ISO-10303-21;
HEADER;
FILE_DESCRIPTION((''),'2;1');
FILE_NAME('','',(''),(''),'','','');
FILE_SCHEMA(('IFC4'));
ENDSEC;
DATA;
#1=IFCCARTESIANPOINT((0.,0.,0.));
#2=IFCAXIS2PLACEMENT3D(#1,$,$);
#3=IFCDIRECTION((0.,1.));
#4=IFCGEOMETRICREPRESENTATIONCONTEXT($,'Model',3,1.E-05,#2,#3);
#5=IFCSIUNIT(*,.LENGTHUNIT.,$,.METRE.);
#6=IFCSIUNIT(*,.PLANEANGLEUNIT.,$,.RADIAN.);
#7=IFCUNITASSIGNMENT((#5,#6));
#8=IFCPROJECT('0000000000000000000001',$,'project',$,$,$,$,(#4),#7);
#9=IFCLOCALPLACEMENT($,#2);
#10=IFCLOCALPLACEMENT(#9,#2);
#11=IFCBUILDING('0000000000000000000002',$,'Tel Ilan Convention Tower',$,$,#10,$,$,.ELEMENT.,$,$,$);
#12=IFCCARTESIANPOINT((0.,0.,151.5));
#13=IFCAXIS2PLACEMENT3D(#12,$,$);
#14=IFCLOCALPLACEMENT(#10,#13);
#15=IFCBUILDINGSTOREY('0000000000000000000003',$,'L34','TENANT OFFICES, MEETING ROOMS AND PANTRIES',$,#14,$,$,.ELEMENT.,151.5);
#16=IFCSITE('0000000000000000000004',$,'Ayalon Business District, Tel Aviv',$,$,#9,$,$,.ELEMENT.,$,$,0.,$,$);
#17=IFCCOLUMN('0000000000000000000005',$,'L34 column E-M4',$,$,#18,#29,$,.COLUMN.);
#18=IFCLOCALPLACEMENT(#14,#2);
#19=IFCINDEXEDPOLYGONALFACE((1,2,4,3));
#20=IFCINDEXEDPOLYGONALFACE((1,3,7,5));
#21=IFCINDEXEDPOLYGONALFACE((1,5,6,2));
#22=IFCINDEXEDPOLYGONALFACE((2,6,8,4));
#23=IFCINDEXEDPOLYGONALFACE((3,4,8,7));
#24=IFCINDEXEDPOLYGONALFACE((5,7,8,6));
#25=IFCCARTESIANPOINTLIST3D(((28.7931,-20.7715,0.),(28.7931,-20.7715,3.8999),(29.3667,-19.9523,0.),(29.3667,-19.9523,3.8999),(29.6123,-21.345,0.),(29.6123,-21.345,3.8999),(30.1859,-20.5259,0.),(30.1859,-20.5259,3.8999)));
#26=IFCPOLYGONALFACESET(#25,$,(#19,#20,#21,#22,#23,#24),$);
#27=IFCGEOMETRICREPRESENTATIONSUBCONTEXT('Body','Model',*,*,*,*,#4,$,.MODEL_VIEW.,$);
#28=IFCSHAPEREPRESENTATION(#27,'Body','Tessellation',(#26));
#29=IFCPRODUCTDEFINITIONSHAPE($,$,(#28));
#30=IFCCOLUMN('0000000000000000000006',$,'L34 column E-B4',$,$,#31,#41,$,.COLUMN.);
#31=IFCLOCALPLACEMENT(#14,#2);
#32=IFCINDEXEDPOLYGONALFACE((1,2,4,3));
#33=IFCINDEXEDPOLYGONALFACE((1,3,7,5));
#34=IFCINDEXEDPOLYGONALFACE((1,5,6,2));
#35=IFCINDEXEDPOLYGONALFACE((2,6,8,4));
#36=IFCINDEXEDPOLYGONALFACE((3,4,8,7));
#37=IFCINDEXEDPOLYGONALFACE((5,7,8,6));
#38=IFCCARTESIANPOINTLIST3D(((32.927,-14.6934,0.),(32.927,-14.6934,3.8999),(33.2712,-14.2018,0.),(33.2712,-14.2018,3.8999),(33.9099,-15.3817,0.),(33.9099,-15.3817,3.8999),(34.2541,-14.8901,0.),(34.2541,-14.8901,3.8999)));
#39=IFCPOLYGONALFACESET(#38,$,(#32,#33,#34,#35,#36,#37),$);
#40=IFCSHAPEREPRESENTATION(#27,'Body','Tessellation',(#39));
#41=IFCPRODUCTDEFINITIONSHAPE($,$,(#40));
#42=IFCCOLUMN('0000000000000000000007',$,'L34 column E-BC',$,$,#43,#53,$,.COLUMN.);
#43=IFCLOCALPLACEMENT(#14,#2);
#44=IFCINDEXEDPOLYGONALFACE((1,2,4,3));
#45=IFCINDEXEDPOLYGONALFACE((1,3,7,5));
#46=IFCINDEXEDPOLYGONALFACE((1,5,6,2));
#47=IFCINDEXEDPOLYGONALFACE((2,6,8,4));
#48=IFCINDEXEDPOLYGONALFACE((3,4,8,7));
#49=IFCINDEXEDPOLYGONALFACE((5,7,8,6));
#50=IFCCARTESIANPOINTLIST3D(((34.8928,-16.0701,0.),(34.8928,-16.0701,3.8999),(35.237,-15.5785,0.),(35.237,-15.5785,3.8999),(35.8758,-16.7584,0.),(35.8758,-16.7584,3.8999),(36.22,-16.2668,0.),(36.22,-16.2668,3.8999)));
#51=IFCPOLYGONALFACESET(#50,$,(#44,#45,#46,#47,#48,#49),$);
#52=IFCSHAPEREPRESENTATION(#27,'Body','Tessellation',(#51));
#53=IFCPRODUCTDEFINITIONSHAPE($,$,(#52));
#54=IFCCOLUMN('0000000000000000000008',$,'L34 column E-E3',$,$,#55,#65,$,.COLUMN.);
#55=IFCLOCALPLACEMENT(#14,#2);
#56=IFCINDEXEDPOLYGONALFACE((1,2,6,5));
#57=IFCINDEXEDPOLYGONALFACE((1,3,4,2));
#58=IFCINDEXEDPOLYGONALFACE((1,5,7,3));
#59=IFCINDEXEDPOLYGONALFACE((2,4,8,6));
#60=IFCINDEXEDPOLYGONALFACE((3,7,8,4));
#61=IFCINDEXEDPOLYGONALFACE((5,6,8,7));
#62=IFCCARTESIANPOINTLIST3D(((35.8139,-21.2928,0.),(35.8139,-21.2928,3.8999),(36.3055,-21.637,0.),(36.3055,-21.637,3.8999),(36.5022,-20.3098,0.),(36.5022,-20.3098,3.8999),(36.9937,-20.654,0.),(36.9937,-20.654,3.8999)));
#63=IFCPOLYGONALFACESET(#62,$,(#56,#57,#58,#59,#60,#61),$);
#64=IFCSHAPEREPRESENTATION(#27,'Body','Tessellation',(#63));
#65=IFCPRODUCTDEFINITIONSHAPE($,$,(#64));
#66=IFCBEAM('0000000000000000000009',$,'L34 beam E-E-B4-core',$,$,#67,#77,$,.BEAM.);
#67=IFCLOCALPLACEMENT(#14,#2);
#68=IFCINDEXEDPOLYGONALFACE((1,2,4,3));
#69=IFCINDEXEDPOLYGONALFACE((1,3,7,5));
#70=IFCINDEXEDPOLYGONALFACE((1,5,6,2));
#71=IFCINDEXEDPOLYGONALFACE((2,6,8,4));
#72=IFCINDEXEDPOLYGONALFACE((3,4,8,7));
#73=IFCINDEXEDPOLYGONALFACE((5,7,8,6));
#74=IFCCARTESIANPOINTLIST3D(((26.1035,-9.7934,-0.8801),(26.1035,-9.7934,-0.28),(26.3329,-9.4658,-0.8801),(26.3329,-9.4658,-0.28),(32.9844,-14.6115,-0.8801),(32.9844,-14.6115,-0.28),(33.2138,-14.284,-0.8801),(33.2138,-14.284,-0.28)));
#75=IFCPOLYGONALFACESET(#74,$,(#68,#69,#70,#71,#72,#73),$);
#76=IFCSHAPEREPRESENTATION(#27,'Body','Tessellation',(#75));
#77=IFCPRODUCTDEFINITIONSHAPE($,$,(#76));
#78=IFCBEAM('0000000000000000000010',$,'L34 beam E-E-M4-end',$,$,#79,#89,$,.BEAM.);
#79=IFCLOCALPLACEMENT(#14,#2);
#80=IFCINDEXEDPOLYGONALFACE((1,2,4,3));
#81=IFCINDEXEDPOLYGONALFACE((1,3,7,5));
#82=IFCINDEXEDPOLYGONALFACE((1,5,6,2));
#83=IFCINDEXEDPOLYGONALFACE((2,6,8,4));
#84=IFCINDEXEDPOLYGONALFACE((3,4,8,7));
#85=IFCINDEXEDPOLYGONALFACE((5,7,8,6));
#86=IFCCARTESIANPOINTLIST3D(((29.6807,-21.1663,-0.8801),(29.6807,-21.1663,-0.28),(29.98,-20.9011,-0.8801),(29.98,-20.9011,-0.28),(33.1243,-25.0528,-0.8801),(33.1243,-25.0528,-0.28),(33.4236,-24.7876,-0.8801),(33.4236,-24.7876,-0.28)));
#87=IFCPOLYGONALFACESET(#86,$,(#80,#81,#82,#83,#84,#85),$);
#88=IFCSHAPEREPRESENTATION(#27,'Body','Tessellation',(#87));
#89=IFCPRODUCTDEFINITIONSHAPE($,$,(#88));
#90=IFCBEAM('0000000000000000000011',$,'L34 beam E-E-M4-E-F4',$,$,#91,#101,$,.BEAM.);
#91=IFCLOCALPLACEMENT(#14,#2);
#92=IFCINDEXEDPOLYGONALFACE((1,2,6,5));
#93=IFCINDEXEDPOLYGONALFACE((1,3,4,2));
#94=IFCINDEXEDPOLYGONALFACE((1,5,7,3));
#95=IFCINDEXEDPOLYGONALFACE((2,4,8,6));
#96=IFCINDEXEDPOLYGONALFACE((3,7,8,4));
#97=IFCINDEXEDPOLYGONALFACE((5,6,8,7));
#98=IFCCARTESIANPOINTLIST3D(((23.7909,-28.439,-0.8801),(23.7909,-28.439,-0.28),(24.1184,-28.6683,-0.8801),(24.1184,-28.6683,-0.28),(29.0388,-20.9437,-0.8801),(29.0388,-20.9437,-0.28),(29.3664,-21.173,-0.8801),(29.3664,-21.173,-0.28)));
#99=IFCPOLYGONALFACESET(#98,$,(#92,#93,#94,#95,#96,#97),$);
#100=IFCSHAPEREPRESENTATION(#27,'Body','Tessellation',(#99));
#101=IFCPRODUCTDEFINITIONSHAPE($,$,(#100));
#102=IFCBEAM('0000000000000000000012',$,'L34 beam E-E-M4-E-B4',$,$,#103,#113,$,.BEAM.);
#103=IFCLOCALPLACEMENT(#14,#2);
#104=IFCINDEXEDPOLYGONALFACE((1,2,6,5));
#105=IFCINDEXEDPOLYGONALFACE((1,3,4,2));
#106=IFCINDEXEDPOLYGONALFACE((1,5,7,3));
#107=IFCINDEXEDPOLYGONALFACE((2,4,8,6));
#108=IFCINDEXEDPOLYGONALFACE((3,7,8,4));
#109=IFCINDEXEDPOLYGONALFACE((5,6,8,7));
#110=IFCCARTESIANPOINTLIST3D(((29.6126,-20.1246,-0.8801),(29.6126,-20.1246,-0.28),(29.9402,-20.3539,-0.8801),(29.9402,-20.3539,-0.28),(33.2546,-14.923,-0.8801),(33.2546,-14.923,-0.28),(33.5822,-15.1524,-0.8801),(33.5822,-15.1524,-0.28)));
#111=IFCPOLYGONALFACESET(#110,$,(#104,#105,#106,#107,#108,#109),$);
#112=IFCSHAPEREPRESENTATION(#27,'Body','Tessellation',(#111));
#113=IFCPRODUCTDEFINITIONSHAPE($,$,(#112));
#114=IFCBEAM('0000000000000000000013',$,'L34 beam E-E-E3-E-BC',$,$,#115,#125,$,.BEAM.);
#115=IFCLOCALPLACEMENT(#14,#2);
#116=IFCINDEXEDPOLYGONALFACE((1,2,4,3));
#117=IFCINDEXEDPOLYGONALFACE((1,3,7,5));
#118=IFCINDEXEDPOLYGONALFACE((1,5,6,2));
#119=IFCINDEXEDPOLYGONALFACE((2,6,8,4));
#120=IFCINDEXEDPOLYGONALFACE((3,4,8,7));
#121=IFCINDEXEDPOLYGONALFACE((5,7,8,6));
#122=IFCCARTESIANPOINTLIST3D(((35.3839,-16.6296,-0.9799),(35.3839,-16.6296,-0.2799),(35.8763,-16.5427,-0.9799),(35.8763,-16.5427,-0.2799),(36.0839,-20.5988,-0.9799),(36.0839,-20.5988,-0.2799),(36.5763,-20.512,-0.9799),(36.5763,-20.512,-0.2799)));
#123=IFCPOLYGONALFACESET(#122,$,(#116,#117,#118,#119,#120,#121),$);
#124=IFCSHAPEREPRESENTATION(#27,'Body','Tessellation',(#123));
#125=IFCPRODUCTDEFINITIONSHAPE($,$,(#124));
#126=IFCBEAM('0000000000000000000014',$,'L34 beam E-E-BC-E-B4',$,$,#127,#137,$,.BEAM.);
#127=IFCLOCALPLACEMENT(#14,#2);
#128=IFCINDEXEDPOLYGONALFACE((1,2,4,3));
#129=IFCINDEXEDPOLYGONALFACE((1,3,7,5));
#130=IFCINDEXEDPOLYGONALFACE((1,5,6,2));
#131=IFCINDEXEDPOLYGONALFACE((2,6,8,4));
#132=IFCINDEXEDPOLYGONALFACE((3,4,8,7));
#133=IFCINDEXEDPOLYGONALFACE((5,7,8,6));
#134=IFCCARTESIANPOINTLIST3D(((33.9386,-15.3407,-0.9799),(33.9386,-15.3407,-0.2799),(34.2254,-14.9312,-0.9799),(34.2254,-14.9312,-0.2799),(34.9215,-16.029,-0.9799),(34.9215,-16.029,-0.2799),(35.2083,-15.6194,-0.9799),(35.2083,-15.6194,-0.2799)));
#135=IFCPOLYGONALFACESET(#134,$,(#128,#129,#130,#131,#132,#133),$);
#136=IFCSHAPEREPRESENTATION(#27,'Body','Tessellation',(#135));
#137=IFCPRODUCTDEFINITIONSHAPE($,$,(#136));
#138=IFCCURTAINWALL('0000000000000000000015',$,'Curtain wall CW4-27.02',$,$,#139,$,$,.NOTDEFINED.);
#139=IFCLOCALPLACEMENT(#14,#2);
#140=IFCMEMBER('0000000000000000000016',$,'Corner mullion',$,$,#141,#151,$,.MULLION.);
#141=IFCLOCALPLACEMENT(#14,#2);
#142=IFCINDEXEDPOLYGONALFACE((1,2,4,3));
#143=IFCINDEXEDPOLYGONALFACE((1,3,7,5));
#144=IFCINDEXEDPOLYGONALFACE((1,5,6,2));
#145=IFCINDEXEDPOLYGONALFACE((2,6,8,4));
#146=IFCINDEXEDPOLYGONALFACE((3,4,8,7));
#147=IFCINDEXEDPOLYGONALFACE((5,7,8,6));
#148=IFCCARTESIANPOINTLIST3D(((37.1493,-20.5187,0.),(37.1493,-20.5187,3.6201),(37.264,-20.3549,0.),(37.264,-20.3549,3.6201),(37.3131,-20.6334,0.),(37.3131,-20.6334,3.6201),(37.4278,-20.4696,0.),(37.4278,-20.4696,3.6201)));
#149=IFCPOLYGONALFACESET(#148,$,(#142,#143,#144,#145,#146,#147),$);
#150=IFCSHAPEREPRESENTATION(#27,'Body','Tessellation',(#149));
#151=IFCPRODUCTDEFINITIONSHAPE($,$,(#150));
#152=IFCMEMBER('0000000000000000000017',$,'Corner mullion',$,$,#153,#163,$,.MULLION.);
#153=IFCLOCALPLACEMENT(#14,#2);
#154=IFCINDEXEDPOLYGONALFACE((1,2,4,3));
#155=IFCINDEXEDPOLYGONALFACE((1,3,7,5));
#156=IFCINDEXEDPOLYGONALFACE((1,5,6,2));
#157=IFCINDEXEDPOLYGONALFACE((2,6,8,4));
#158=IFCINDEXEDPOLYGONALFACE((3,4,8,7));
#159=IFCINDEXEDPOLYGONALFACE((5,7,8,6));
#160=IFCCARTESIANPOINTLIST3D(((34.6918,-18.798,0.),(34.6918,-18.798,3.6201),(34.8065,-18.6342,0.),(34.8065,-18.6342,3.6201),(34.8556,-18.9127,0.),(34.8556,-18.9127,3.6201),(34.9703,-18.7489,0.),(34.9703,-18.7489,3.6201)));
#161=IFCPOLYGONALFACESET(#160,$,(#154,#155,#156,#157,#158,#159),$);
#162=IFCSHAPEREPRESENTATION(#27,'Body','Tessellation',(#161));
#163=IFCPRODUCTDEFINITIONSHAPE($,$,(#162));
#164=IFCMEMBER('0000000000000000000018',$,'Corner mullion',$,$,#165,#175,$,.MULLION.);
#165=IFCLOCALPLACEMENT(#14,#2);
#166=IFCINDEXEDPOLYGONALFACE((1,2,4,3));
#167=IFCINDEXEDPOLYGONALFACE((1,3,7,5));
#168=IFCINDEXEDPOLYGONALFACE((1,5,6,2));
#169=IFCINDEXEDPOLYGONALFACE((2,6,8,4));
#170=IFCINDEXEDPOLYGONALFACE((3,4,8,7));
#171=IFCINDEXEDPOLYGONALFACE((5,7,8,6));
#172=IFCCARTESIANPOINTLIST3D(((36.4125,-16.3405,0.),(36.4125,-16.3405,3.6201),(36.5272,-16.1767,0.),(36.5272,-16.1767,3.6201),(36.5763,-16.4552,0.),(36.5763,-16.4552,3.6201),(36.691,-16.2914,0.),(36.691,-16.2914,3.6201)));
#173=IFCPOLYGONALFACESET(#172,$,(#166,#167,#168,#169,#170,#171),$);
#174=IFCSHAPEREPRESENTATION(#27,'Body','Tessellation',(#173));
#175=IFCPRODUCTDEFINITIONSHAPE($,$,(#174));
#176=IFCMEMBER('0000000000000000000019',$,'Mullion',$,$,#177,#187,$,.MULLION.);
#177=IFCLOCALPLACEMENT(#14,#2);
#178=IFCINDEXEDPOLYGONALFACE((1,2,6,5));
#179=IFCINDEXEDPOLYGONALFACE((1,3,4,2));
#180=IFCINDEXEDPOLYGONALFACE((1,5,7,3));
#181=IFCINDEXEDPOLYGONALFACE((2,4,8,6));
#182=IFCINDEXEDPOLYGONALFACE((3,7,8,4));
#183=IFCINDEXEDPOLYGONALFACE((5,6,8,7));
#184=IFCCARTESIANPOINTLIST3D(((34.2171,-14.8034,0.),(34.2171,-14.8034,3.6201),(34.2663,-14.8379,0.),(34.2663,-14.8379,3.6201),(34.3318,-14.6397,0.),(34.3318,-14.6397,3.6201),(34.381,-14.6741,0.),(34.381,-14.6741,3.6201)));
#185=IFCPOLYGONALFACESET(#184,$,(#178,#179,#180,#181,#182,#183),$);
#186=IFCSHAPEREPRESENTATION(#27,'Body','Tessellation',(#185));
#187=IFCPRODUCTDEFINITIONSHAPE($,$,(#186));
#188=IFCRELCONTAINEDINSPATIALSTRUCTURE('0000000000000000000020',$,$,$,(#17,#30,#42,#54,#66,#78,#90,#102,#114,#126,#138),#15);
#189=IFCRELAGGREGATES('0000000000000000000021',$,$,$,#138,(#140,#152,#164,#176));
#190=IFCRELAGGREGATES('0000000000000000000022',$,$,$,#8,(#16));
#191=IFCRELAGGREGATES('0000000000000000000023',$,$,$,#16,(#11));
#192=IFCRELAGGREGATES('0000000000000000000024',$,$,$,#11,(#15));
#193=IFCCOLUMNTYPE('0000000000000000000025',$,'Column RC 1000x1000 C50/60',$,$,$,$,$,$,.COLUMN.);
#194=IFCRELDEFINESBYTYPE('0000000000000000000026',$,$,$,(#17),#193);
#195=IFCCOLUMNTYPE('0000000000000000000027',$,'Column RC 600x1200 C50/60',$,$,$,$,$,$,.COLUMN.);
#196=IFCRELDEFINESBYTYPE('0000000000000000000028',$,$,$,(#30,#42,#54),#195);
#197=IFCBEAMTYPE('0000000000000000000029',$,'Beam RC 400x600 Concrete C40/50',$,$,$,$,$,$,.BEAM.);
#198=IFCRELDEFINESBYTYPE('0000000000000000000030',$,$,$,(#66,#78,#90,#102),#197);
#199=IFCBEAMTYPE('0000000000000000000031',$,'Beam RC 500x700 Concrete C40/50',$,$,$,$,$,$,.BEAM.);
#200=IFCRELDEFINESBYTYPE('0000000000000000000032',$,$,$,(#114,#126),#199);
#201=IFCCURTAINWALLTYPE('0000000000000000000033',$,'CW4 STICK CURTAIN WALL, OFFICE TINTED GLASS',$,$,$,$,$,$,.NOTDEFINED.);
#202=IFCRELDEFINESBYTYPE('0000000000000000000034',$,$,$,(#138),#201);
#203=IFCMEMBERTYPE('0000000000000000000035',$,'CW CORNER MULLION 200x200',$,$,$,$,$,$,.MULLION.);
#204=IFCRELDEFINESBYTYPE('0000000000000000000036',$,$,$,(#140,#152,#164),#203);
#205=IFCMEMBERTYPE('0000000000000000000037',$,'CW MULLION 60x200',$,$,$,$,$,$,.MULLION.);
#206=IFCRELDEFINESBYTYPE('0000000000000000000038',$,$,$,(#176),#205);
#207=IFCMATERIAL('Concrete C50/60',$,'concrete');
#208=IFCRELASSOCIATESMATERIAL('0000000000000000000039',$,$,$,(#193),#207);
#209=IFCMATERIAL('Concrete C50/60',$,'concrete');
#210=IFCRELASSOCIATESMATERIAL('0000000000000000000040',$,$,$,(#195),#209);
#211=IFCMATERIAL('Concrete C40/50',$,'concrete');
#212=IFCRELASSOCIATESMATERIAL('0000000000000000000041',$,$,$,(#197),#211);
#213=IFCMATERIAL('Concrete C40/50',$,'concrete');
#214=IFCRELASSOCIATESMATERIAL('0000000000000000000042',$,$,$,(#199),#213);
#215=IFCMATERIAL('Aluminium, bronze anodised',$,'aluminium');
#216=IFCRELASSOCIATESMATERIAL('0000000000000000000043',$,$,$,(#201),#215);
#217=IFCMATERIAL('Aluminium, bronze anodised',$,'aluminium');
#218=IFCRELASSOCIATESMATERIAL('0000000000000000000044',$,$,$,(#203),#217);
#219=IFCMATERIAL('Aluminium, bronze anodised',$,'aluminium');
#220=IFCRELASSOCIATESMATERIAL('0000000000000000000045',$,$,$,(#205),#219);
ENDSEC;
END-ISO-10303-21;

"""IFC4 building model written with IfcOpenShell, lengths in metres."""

from ifc_helpers import new_model, si_unit, direction, frame, origin, origin_2d, place, context, subcontext, project, spatial, rectangle, extrude, material, material_profile, profile_set, type_object, element, aggregate, save


model = new_model("IFC4")

# Units and contexts
model_context = context("Model", 3, precision=1e-05, world=origin(), true_north=direction((0.0, 1.0)))
body_context = subcontext(model_context, "Body", "Model", "MODEL_VIEW")
ifc_project = project(units=[si_unit("LENGTHUNIT", "METRE"), si_unit("PLANEANGLEUNIT", "RADIAN")], contexts=[model_context])

# Site, building, storey
site_placement = place(None, origin())
site = spatial("IfcSite", under=ifc_project, at=site_placement, Name="Ayalon Business District, Tel Aviv", CompositionType="ELEMENT", RefElevation=0.0)
building_placement = place(site_placement, origin())
building = spatial("IfcBuilding", under=site, at=building_placement, Name="Tel Ilan Convention Tower", CompositionType="ELEMENT")
storey_placement = place(building_placement, frame((0.0, 0.0, 151.5)))
storey = spatial("IfcBuildingStorey", under=building, at=storey_placement, Name="L34", Description="TENANT OFFICES, MEETING ROOMS AND PANTRIES", CompositionType="ELEMENT", Elevation=151.5)

# Columns
ifc_material_1 = material(Name="Concrete C50/60", Category="concrete")
ifc_material_profile_1 = material_profile(ifc_material_1, rectangle(XDim=1.0, YDim=1.0, at=origin_2d()), Name="RC 1000x1000")
ifc_profile_set_1 = profile_set([ifc_material_profile_1], Name="Concrete C50/60")
column_type_1 = type_object("IfcColumnType", Name="Column RC 1000x1000 C50/60", PredefinedType="COLUMN", material=ifc_profile_set_1)
column_placement = place(storey_placement, frame((29.4895, -20.6487, 0.0), z_axis=(0.0, 0.0, 1.0), x_axis=(0.819152, -0.573576, 0.0)))
element("IfcColumn", 1, at=column_placement, inside=storey, type_object=column_type_1, Name="L34 column E-M4", PredefinedType="COLUMN", context=body_context, shape_type="SweptSolid", body=[
    extrude(rectangle(XDim=1.0, YDim=1.0, at=origin_2d()), origin(), (0.0, 0.0, 1.0), 3.8999),
])
ifc_material_2 = material(Name="Concrete C50/60", Category="concrete")
ifc_material_profile_2 = material_profile(ifc_material_2, rectangle(XDim=1.2, YDim=0.6001, at=origin_2d()), Name="RC 600x1200")
ifc_profile_set_2 = profile_set([ifc_material_profile_2], Name="Concrete C50/60")
column_type_2 = type_object("IfcColumnType", Name="Column RC 600x1200 C50/60", PredefinedType="COLUMN", material=ifc_profile_set_2)
for number, where, z_axis, x_axis, name in (
    (2, (33.5906, -14.7917, 0.0), (0.0, 0.0, 1.0), (0.819152, -0.573576, 0.0), "L34 column E-B4"),
    (3, (35.5564, -16.1685, 0.0), (0.0, 0.0, 1.0), (0.819152, -0.573576, 0.0), "L34 column E-BC"),
    (4, (36.4038, -20.9734, 0.0), (0.0, 0.0, 1.0), (0.573576, 0.819152, 0.0), "L34 column E-E3"),
):
    element("IfcColumn", number, at=place(storey_placement, frame(where, z_axis=z_axis, x_axis=x_axis)), inside=storey, type_object=column_type_2, Name=name, PredefinedType="COLUMN", context=body_context, shape_type="SweptSolid", body=[
        extrude(rectangle(XDim=1.2, YDim=0.6001, at=origin_2d()), origin(), (0.0, 0.0, 1.0), 3.8999),
    ])

# Beams
ifc_material_3 = material(Name="Concrete C40/50", Category="concrete")
ifc_material_profile_3 = material_profile(ifc_material_3, rectangle(XDim=0.3999, YDim=0.6001, at=origin_2d()), Name="RC 400x600")
ifc_profile_set_3 = profile_set([ifc_material_profile_3], Name="Concrete C40/50")
beam_type_1 = type_object("IfcBeamType", Name="Beam RC 400x600 Concrete C40/50", PredefinedType="BEAM", material=ifc_profile_set_3)
beam_1_placement = place(storey_placement, frame((33.0991, -14.4478, -0.5801), z_axis=(-0.819147, 0.573583, 0.0), x_axis=(-0.573583, -0.819147, 0.0)))
element("IfcBeam", 5, at=beam_1_placement, inside=storey, type_object=beam_type_1, Name="L34 beam E-E-B4-core", PredefinedType="BEAM", context=body_context, shape_type="SweptSolid", body=[
    extrude(rectangle(XDim=0.3999, YDim=0.6001, at=origin_2d()), origin(), (0.0, 0.0, 1.0), 8.4001),
])
beam_2_placement = place(storey_placement, frame((29.8303, -21.0337, -0.5801), z_axis=(0.663175, -0.748464, 0.0), x_axis=(0.748464, 0.663175, 0.0)))
element("IfcBeam", 6, at=beam_2_placement, inside=storey, type_object=beam_type_1, Name="L34 beam E-E-M4-end", PredefinedType="BEAM", context=body_context, shape_type="SweptSolid", body=[
    extrude(rectangle(XDim=0.3999, YDim=0.6001, at=origin_2d()), origin(), (0.0, 0.0, 1.0), 5.1926),
])
beam_3_placement = place(storey_placement, frame((29.2026, -21.0583, -0.5801), z_axis=(-0.573557, -0.819165, 0.0), x_axis=(0.819165, -0.573557, 0.0)))
element("IfcBeam", 7, at=beam_3_placement, inside=storey, type_object=beam_type_1, Name="L34 beam E-E-M4-E-F4", PredefinedType="BEAM", context=body_context, shape_type="SweptSolid", body=[
    extrude(rectangle(XDim=0.3999, YDim=0.6001, at=origin_2d()), origin(), (0.0, 0.0, 1.0), 9.1499),
])
beam_4_placement = place(storey_placement, frame((29.7764, -20.2393, -0.5801), z_axis=(0.57356, 0.819163, 0.0), x_axis=(-0.819163, 0.57356, 0.0)))
element("IfcBeam", 8, at=beam_4_placement, inside=storey, type_object=beam_type_1, Name="L34 beam E-E-M4-E-B4", PredefinedType="BEAM", context=body_context, shape_type="SweptSolid", body=[
    extrude(rectangle(XDim=0.3999, YDim=0.6001, at=origin_2d()), origin(), (0.0, 0.0, 1.0), 6.3499),
])
ifc_material_4 = material(Name="Concrete C40/50", Category="concrete")
ifc_material_profile_4 = material_profile(ifc_material_4, rectangle(XDim=0.5, YDim=0.7, at=origin_2d()), Name="RC 500x700")
ifc_profile_set_4 = profile_set([ifc_material_profile_4], Name="Concrete C40/50")
beam_type_2 = type_object("IfcBeamType", Name="Beam RC 500x700 Concrete C40/50", PredefinedType="BEAM", material=ifc_profile_set_4)
beam_5_placement = place(storey_placement, frame((36.3301, -20.5554, -0.6299), z_axis=(-0.173664, 0.984805, 0.0), x_axis=(-0.984805, -0.173664, 0.0)))
element("IfcBeam", 9, at=beam_5_placement, inside=storey, type_object=beam_type_2, Name="L34 beam E-E-E3-E-BC", PredefinedType="BEAM", context=body_context, shape_type="SweptSolid", body=[
    extrude(rectangle(XDim=0.5, YDim=0.7, at=origin_2d()), origin(), (0.0, 0.0, 1.0), 4.0305),
])
beam_6_placement = place(storey_placement, frame((35.0649, -15.8242, -0.6299), z_axis=(-0.819155, 0.573572, 0.0), x_axis=(-0.573572, -0.819155, 0.0)))
element("IfcBeam", 10, at=beam_6_placement, inside=storey, type_object=beam_type_2, Name="L34 beam E-E-BC-E-B4", PredefinedType="BEAM", context=body_context, shape_type="SweptSolid", body=[
    extrude(rectangle(XDim=0.5, YDim=0.7, at=origin_2d()), origin(), (0.0, 0.0, 1.0), 1.2),
])

# Curtain wall, members
ifc_material_5 = material(Name="Aluminium, bronze anodised", Category="aluminium")
curtain_wall_type = type_object("IfcCurtainWallType", Name="CW4 STICK CURTAIN WALL, OFFICE TINTED GLASS", PredefinedType="NOTDEFINED", material=ifc_material_5)
curtain_wall_placement = place(storey_placement, origin())
curtain_wall = element("IfcCurtainWall", 11, at=curtain_wall_placement, inside=storey, type_object=curtain_wall_type, Name="Curtain wall CW4-27.02", PredefinedType="NOTDEFINED")
ifc_material_6 = material(Name="Aluminium, bronze anodised", Category="aluminium")
ifc_material_profile_5 = material_profile(ifc_material_6, rectangle(XDim=0.2, YDim=0.2, at=origin_2d()), Name="CW CORNER MULLION 200x200")
ifc_profile_set_5 = profile_set([ifc_material_profile_5], Name="Aluminium, bronze anodised")
member_type_1 = type_object("IfcMemberType", Name="CW CORNER MULLION 200x200", PredefinedType="MULLION", material=ifc_profile_set_5)
member_1_placement = place(storey_placement, frame((37.2886, -20.4941, 0.0), z_axis=(0.0, 0.0, 1.0), x_axis=(0.573576, 0.819152, 0.0)))
member_1 = element("IfcMember", 12, at=member_1_placement, type_object=member_type_1, Name="Corner mullion", PredefinedType="MULLION", context=body_context, shape_type="SweptSolid", body=[
    extrude(rectangle(XDim=0.2, YDim=0.2, at=origin_2d()), origin(), (0.0, 0.0, 1.0), 3.6201),
])
member_2_placement = place(storey_placement, frame((34.8311, -18.7734, 0.0), z_axis=(0.0, 0.0, 1.0), x_axis=(-0.819152, 0.573576, 0.0)))
member_2 = element("IfcMember", 13, at=member_2_placement, type_object=member_type_1, Name="Corner mullion", PredefinedType="MULLION", context=body_context, shape_type="SweptSolid", body=[
    extrude(rectangle(XDim=0.2, YDim=0.2, at=origin_2d()), origin(), (0.0, 0.0, 1.0), 3.6201),
])
member_3_placement = place(storey_placement, frame((36.5518, -16.3159, 0.0), z_axis=(0.0, 0.0, 1.0), x_axis=(0.573576, 0.819152, 0.0)))
member_3 = element("IfcMember", 14, at=member_3_placement, type_object=member_type_1, Name="Corner mullion", PredefinedType="MULLION", context=body_context, shape_type="SweptSolid", body=[
    extrude(rectangle(XDim=0.2, YDim=0.2, at=origin_2d()), origin(), (0.0, 0.0, 1.0), 3.6201),
])
ifc_material_7 = material(Name="Aluminium, bronze anodised", Category="aluminium")
ifc_material_profile_6 = material_profile(ifc_material_7, rectangle(XDim=0.0601, YDim=0.2, at=origin_2d()), Name="CW MULLION 60x200")
ifc_profile_set_6 = profile_set([ifc_material_profile_6], Name="Aluminium, bronze anodised")
member_type_2 = type_object("IfcMemberType", Name="CW MULLION 60x200", PredefinedType="MULLION", material=ifc_profile_set_6)
member_4_placement = place(storey_placement, frame((34.2991, -14.7388, 0.0), z_axis=(0.0, 0.0, 1.0), x_axis=(-0.819152, 0.573576, 0.0)))
member_4 = element("IfcMember", 15, at=member_4_placement, type_object=member_type_2, Name="Mullion", PredefinedType="MULLION", context=body_context, shape_type="SweptSolid", body=[
    extrude(rectangle(XDim=0.0601, YDim=0.2, at=origin_2d()), origin(), (0.0, 0.0, 1.0), 3.6201),
])
aggregate(curtain_wall, [member_1, member_2, member_3, member_4])

save(model, "model.ifc")
